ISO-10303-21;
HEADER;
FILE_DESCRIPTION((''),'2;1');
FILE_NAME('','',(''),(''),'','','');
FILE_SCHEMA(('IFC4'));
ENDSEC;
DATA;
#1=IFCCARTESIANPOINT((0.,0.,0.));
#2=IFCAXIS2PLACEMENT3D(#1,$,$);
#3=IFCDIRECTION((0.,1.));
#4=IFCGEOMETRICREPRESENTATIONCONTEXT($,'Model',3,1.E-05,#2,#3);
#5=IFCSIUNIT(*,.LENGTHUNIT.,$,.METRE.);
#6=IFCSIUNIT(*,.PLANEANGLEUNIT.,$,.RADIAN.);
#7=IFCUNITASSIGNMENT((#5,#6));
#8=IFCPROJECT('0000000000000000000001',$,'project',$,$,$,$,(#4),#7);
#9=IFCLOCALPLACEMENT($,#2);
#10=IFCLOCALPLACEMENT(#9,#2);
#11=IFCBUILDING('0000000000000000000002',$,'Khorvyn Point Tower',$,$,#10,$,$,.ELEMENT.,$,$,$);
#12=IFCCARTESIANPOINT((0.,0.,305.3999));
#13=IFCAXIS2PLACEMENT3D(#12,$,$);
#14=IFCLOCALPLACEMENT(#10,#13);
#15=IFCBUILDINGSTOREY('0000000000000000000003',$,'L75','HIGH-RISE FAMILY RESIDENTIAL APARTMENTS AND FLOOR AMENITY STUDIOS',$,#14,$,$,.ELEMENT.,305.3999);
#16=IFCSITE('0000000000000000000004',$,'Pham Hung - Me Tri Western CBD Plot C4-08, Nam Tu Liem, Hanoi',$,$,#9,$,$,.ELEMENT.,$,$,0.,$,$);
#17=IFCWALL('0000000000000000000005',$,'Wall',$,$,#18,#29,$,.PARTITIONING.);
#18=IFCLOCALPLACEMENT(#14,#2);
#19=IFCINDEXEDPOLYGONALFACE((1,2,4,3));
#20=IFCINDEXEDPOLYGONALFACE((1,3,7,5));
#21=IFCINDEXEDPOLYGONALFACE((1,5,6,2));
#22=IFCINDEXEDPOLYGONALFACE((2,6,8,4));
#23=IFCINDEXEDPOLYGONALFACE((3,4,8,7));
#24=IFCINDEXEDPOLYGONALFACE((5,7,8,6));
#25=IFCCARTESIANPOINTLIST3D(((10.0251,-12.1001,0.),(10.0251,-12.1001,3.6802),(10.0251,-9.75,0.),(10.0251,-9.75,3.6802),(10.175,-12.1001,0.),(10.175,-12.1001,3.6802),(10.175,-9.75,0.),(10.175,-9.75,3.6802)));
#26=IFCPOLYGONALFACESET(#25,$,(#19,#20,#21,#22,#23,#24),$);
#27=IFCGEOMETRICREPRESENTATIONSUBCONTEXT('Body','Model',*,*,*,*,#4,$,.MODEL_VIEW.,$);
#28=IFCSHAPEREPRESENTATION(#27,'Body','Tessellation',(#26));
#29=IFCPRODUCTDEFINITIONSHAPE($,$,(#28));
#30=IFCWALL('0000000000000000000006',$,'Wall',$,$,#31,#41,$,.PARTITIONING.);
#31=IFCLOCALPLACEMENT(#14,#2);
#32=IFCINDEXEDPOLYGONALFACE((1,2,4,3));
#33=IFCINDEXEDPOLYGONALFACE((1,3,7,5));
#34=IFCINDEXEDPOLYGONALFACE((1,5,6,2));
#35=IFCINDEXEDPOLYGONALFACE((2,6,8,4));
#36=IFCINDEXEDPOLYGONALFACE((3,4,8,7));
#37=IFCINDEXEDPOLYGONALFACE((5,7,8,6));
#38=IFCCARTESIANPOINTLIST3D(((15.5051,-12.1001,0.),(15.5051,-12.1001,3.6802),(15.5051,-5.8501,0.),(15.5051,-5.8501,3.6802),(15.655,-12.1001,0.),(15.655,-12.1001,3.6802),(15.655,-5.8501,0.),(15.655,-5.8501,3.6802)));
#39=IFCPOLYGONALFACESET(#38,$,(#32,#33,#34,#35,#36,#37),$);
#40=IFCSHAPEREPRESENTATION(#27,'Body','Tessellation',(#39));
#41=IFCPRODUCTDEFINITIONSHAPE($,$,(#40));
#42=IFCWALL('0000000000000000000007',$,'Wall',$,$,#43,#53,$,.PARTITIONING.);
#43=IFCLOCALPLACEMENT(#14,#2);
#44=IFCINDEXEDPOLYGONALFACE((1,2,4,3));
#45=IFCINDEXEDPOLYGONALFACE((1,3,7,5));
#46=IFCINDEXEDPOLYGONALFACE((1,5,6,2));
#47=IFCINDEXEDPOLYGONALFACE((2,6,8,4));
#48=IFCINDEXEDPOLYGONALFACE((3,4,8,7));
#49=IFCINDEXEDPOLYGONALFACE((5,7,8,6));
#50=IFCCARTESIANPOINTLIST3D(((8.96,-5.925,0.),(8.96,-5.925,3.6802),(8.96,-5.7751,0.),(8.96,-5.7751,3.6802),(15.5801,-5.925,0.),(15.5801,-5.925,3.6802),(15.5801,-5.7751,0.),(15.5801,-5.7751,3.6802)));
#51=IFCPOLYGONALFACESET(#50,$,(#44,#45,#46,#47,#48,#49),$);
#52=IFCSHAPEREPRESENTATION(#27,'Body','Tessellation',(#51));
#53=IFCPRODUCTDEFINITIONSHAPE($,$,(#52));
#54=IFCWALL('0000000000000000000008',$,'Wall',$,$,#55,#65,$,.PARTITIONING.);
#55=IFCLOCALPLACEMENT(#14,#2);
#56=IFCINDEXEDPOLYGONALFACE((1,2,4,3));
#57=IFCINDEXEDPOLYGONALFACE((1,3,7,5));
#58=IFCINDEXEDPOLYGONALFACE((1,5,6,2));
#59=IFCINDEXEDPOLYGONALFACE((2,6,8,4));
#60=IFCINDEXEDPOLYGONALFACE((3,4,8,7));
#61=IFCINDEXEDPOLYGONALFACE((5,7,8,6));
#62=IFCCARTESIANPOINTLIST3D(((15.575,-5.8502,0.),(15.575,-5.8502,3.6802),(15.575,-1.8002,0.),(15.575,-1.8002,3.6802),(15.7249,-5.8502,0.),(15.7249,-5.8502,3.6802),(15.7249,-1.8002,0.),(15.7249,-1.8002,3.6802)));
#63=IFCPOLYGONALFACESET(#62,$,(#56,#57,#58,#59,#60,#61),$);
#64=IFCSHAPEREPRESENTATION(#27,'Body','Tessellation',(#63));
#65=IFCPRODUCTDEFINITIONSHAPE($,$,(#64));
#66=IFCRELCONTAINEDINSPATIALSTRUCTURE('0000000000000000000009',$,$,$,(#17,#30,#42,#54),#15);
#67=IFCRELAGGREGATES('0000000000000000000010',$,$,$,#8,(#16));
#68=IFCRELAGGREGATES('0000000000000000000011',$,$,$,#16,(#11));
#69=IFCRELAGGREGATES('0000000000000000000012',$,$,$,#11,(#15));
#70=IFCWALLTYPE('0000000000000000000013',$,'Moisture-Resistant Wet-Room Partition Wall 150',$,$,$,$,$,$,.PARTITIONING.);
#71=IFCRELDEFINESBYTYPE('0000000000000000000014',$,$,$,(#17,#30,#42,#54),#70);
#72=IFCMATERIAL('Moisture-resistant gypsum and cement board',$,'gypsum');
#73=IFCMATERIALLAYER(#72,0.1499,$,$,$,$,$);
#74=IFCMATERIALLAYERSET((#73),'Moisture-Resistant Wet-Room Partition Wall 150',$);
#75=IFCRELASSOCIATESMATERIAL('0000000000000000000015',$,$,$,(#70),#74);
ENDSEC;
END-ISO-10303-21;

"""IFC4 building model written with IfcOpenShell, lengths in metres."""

from ifc_helpers import new_model, si_unit, direction, frame, frame_2d, origin, place, context, subcontext, project, spatial, rectangle, extrude, material, layer, layer_set, type_object, element, save


model = new_model("IFC4")

# Units and contexts
model_context = context("Model", 3, precision=1e-05, world=origin(), true_north=direction((0.0, 1.0)))
body_context = subcontext(model_context, "Body", "Model", "MODEL_VIEW")
ifc_project = project(units=[si_unit("LENGTHUNIT", "METRE"), si_unit("PLANEANGLEUNIT", "RADIAN")], contexts=[model_context])

# Site, building, storey
site_placement = place(None, origin())
site = spatial("IfcSite", under=ifc_project, at=site_placement, Name="Pham Hung - Me Tri Western CBD Plot C4-08, Nam Tu Liem, Hanoi", CompositionType="ELEMENT", RefElevation=0.0)
building_placement = place(site_placement, origin())
building = spatial("IfcBuilding", under=site, at=building_placement, Name="Khorvyn Point Tower", CompositionType="ELEMENT")
storey_placement = place(building_placement, frame((0.0, 0.0, 305.3999)))
storey = spatial("IfcBuildingStorey", under=building, at=storey_placement, Name="L75", Description="HIGH-RISE FAMILY RESIDENTIAL APARTMENTS AND FLOOR AMENITY STUDIOS", CompositionType="ELEMENT", Elevation=305.3999)

# Shared definitions
ifc_material_1 = material(Name="Moisture-resistant gypsum and cement board", Category="gypsum")
ifc_layer_1 = layer(ifc_material_1, 0.1499)
ifc_layer_set_1 = layer_set([ifc_layer_1], Name="Moisture-Resistant Wet-Room Partition Wall 150")
wall_type_1 = type_object("IfcWallType", Name="Moisture-Resistant Wet-Room Partition Wall 150", PredefinedType="PARTITIONING", material=ifc_layer_set_1)

# Walls
wall_1_placement = place(storey_placement, frame((10.1001, -12.1001, 0.0), z_axis=(0.0, 0.0, 1.0), x_axis=(0.0, 1.0, 0.0)))
element("IfcWall", 1, at=wall_1_placement, inside=storey, type_object=wall_type_1, Name="Wall", PredefinedType="PARTITIONING", context=body_context, shape_type="SweptSolid", body=[
    extrude(rectangle(XDim=2.3501, YDim=0.1499, at=frame_2d((1.175, 0.0))), origin(), (0.0, 0.0, 1.0), 3.6802),
])
wall_2_placement = place(storey_placement, frame((15.5801, -12.1001, 0.0), z_axis=(0.0, 0.0, 1.0), x_axis=(0.0, 1.0, 0.0)))
element("IfcWall", 2, at=wall_2_placement, inside=storey, type_object=wall_type_1, Name="Wall", PredefinedType="PARTITIONING", context=body_context, shape_type="SweptSolid", body=[
    extrude(rectangle(XDim=6.25, YDim=0.1499, at=frame_2d((3.125, 0.0))), origin(), (0.0, 0.0, 1.0), 3.6802),
])
wall_3_placement = place(storey_placement, frame((8.96, -5.8501, 0.0), z_axis=(0.0, 0.0, 1.0), x_axis=(1.0, 0.0, 0.0)))
element("IfcWall", 3, at=wall_3_placement, inside=storey, type_object=wall_type_1, Name="Wall", PredefinedType="PARTITIONING", context=body_context, shape_type="SweptSolid", body=[
    extrude(rectangle(XDim=6.6201, YDim=0.1499, at=frame_2d((3.3101, 0.0))), origin(), (0.0, 0.0, 1.0), 3.6802),
])
wall_4_placement = place(storey_placement, frame((15.6499, -5.8501, 0.0), z_axis=(0.0, 0.0, 1.0), x_axis=(0.0, 1.0, 0.0)))
element("IfcWall", 4, at=wall_4_placement, inside=storey, type_object=wall_type_1, Name="Wall", PredefinedType="PARTITIONING", context=body_context, shape_type="SweptSolid", body=[
    extrude(rectangle(XDim=4.05, YDim=0.1499, at=frame_2d((2.0249, 0.0))), origin(), (0.0, 0.0, 1.0), 3.6802),
])

save(model, "model.ifc")
